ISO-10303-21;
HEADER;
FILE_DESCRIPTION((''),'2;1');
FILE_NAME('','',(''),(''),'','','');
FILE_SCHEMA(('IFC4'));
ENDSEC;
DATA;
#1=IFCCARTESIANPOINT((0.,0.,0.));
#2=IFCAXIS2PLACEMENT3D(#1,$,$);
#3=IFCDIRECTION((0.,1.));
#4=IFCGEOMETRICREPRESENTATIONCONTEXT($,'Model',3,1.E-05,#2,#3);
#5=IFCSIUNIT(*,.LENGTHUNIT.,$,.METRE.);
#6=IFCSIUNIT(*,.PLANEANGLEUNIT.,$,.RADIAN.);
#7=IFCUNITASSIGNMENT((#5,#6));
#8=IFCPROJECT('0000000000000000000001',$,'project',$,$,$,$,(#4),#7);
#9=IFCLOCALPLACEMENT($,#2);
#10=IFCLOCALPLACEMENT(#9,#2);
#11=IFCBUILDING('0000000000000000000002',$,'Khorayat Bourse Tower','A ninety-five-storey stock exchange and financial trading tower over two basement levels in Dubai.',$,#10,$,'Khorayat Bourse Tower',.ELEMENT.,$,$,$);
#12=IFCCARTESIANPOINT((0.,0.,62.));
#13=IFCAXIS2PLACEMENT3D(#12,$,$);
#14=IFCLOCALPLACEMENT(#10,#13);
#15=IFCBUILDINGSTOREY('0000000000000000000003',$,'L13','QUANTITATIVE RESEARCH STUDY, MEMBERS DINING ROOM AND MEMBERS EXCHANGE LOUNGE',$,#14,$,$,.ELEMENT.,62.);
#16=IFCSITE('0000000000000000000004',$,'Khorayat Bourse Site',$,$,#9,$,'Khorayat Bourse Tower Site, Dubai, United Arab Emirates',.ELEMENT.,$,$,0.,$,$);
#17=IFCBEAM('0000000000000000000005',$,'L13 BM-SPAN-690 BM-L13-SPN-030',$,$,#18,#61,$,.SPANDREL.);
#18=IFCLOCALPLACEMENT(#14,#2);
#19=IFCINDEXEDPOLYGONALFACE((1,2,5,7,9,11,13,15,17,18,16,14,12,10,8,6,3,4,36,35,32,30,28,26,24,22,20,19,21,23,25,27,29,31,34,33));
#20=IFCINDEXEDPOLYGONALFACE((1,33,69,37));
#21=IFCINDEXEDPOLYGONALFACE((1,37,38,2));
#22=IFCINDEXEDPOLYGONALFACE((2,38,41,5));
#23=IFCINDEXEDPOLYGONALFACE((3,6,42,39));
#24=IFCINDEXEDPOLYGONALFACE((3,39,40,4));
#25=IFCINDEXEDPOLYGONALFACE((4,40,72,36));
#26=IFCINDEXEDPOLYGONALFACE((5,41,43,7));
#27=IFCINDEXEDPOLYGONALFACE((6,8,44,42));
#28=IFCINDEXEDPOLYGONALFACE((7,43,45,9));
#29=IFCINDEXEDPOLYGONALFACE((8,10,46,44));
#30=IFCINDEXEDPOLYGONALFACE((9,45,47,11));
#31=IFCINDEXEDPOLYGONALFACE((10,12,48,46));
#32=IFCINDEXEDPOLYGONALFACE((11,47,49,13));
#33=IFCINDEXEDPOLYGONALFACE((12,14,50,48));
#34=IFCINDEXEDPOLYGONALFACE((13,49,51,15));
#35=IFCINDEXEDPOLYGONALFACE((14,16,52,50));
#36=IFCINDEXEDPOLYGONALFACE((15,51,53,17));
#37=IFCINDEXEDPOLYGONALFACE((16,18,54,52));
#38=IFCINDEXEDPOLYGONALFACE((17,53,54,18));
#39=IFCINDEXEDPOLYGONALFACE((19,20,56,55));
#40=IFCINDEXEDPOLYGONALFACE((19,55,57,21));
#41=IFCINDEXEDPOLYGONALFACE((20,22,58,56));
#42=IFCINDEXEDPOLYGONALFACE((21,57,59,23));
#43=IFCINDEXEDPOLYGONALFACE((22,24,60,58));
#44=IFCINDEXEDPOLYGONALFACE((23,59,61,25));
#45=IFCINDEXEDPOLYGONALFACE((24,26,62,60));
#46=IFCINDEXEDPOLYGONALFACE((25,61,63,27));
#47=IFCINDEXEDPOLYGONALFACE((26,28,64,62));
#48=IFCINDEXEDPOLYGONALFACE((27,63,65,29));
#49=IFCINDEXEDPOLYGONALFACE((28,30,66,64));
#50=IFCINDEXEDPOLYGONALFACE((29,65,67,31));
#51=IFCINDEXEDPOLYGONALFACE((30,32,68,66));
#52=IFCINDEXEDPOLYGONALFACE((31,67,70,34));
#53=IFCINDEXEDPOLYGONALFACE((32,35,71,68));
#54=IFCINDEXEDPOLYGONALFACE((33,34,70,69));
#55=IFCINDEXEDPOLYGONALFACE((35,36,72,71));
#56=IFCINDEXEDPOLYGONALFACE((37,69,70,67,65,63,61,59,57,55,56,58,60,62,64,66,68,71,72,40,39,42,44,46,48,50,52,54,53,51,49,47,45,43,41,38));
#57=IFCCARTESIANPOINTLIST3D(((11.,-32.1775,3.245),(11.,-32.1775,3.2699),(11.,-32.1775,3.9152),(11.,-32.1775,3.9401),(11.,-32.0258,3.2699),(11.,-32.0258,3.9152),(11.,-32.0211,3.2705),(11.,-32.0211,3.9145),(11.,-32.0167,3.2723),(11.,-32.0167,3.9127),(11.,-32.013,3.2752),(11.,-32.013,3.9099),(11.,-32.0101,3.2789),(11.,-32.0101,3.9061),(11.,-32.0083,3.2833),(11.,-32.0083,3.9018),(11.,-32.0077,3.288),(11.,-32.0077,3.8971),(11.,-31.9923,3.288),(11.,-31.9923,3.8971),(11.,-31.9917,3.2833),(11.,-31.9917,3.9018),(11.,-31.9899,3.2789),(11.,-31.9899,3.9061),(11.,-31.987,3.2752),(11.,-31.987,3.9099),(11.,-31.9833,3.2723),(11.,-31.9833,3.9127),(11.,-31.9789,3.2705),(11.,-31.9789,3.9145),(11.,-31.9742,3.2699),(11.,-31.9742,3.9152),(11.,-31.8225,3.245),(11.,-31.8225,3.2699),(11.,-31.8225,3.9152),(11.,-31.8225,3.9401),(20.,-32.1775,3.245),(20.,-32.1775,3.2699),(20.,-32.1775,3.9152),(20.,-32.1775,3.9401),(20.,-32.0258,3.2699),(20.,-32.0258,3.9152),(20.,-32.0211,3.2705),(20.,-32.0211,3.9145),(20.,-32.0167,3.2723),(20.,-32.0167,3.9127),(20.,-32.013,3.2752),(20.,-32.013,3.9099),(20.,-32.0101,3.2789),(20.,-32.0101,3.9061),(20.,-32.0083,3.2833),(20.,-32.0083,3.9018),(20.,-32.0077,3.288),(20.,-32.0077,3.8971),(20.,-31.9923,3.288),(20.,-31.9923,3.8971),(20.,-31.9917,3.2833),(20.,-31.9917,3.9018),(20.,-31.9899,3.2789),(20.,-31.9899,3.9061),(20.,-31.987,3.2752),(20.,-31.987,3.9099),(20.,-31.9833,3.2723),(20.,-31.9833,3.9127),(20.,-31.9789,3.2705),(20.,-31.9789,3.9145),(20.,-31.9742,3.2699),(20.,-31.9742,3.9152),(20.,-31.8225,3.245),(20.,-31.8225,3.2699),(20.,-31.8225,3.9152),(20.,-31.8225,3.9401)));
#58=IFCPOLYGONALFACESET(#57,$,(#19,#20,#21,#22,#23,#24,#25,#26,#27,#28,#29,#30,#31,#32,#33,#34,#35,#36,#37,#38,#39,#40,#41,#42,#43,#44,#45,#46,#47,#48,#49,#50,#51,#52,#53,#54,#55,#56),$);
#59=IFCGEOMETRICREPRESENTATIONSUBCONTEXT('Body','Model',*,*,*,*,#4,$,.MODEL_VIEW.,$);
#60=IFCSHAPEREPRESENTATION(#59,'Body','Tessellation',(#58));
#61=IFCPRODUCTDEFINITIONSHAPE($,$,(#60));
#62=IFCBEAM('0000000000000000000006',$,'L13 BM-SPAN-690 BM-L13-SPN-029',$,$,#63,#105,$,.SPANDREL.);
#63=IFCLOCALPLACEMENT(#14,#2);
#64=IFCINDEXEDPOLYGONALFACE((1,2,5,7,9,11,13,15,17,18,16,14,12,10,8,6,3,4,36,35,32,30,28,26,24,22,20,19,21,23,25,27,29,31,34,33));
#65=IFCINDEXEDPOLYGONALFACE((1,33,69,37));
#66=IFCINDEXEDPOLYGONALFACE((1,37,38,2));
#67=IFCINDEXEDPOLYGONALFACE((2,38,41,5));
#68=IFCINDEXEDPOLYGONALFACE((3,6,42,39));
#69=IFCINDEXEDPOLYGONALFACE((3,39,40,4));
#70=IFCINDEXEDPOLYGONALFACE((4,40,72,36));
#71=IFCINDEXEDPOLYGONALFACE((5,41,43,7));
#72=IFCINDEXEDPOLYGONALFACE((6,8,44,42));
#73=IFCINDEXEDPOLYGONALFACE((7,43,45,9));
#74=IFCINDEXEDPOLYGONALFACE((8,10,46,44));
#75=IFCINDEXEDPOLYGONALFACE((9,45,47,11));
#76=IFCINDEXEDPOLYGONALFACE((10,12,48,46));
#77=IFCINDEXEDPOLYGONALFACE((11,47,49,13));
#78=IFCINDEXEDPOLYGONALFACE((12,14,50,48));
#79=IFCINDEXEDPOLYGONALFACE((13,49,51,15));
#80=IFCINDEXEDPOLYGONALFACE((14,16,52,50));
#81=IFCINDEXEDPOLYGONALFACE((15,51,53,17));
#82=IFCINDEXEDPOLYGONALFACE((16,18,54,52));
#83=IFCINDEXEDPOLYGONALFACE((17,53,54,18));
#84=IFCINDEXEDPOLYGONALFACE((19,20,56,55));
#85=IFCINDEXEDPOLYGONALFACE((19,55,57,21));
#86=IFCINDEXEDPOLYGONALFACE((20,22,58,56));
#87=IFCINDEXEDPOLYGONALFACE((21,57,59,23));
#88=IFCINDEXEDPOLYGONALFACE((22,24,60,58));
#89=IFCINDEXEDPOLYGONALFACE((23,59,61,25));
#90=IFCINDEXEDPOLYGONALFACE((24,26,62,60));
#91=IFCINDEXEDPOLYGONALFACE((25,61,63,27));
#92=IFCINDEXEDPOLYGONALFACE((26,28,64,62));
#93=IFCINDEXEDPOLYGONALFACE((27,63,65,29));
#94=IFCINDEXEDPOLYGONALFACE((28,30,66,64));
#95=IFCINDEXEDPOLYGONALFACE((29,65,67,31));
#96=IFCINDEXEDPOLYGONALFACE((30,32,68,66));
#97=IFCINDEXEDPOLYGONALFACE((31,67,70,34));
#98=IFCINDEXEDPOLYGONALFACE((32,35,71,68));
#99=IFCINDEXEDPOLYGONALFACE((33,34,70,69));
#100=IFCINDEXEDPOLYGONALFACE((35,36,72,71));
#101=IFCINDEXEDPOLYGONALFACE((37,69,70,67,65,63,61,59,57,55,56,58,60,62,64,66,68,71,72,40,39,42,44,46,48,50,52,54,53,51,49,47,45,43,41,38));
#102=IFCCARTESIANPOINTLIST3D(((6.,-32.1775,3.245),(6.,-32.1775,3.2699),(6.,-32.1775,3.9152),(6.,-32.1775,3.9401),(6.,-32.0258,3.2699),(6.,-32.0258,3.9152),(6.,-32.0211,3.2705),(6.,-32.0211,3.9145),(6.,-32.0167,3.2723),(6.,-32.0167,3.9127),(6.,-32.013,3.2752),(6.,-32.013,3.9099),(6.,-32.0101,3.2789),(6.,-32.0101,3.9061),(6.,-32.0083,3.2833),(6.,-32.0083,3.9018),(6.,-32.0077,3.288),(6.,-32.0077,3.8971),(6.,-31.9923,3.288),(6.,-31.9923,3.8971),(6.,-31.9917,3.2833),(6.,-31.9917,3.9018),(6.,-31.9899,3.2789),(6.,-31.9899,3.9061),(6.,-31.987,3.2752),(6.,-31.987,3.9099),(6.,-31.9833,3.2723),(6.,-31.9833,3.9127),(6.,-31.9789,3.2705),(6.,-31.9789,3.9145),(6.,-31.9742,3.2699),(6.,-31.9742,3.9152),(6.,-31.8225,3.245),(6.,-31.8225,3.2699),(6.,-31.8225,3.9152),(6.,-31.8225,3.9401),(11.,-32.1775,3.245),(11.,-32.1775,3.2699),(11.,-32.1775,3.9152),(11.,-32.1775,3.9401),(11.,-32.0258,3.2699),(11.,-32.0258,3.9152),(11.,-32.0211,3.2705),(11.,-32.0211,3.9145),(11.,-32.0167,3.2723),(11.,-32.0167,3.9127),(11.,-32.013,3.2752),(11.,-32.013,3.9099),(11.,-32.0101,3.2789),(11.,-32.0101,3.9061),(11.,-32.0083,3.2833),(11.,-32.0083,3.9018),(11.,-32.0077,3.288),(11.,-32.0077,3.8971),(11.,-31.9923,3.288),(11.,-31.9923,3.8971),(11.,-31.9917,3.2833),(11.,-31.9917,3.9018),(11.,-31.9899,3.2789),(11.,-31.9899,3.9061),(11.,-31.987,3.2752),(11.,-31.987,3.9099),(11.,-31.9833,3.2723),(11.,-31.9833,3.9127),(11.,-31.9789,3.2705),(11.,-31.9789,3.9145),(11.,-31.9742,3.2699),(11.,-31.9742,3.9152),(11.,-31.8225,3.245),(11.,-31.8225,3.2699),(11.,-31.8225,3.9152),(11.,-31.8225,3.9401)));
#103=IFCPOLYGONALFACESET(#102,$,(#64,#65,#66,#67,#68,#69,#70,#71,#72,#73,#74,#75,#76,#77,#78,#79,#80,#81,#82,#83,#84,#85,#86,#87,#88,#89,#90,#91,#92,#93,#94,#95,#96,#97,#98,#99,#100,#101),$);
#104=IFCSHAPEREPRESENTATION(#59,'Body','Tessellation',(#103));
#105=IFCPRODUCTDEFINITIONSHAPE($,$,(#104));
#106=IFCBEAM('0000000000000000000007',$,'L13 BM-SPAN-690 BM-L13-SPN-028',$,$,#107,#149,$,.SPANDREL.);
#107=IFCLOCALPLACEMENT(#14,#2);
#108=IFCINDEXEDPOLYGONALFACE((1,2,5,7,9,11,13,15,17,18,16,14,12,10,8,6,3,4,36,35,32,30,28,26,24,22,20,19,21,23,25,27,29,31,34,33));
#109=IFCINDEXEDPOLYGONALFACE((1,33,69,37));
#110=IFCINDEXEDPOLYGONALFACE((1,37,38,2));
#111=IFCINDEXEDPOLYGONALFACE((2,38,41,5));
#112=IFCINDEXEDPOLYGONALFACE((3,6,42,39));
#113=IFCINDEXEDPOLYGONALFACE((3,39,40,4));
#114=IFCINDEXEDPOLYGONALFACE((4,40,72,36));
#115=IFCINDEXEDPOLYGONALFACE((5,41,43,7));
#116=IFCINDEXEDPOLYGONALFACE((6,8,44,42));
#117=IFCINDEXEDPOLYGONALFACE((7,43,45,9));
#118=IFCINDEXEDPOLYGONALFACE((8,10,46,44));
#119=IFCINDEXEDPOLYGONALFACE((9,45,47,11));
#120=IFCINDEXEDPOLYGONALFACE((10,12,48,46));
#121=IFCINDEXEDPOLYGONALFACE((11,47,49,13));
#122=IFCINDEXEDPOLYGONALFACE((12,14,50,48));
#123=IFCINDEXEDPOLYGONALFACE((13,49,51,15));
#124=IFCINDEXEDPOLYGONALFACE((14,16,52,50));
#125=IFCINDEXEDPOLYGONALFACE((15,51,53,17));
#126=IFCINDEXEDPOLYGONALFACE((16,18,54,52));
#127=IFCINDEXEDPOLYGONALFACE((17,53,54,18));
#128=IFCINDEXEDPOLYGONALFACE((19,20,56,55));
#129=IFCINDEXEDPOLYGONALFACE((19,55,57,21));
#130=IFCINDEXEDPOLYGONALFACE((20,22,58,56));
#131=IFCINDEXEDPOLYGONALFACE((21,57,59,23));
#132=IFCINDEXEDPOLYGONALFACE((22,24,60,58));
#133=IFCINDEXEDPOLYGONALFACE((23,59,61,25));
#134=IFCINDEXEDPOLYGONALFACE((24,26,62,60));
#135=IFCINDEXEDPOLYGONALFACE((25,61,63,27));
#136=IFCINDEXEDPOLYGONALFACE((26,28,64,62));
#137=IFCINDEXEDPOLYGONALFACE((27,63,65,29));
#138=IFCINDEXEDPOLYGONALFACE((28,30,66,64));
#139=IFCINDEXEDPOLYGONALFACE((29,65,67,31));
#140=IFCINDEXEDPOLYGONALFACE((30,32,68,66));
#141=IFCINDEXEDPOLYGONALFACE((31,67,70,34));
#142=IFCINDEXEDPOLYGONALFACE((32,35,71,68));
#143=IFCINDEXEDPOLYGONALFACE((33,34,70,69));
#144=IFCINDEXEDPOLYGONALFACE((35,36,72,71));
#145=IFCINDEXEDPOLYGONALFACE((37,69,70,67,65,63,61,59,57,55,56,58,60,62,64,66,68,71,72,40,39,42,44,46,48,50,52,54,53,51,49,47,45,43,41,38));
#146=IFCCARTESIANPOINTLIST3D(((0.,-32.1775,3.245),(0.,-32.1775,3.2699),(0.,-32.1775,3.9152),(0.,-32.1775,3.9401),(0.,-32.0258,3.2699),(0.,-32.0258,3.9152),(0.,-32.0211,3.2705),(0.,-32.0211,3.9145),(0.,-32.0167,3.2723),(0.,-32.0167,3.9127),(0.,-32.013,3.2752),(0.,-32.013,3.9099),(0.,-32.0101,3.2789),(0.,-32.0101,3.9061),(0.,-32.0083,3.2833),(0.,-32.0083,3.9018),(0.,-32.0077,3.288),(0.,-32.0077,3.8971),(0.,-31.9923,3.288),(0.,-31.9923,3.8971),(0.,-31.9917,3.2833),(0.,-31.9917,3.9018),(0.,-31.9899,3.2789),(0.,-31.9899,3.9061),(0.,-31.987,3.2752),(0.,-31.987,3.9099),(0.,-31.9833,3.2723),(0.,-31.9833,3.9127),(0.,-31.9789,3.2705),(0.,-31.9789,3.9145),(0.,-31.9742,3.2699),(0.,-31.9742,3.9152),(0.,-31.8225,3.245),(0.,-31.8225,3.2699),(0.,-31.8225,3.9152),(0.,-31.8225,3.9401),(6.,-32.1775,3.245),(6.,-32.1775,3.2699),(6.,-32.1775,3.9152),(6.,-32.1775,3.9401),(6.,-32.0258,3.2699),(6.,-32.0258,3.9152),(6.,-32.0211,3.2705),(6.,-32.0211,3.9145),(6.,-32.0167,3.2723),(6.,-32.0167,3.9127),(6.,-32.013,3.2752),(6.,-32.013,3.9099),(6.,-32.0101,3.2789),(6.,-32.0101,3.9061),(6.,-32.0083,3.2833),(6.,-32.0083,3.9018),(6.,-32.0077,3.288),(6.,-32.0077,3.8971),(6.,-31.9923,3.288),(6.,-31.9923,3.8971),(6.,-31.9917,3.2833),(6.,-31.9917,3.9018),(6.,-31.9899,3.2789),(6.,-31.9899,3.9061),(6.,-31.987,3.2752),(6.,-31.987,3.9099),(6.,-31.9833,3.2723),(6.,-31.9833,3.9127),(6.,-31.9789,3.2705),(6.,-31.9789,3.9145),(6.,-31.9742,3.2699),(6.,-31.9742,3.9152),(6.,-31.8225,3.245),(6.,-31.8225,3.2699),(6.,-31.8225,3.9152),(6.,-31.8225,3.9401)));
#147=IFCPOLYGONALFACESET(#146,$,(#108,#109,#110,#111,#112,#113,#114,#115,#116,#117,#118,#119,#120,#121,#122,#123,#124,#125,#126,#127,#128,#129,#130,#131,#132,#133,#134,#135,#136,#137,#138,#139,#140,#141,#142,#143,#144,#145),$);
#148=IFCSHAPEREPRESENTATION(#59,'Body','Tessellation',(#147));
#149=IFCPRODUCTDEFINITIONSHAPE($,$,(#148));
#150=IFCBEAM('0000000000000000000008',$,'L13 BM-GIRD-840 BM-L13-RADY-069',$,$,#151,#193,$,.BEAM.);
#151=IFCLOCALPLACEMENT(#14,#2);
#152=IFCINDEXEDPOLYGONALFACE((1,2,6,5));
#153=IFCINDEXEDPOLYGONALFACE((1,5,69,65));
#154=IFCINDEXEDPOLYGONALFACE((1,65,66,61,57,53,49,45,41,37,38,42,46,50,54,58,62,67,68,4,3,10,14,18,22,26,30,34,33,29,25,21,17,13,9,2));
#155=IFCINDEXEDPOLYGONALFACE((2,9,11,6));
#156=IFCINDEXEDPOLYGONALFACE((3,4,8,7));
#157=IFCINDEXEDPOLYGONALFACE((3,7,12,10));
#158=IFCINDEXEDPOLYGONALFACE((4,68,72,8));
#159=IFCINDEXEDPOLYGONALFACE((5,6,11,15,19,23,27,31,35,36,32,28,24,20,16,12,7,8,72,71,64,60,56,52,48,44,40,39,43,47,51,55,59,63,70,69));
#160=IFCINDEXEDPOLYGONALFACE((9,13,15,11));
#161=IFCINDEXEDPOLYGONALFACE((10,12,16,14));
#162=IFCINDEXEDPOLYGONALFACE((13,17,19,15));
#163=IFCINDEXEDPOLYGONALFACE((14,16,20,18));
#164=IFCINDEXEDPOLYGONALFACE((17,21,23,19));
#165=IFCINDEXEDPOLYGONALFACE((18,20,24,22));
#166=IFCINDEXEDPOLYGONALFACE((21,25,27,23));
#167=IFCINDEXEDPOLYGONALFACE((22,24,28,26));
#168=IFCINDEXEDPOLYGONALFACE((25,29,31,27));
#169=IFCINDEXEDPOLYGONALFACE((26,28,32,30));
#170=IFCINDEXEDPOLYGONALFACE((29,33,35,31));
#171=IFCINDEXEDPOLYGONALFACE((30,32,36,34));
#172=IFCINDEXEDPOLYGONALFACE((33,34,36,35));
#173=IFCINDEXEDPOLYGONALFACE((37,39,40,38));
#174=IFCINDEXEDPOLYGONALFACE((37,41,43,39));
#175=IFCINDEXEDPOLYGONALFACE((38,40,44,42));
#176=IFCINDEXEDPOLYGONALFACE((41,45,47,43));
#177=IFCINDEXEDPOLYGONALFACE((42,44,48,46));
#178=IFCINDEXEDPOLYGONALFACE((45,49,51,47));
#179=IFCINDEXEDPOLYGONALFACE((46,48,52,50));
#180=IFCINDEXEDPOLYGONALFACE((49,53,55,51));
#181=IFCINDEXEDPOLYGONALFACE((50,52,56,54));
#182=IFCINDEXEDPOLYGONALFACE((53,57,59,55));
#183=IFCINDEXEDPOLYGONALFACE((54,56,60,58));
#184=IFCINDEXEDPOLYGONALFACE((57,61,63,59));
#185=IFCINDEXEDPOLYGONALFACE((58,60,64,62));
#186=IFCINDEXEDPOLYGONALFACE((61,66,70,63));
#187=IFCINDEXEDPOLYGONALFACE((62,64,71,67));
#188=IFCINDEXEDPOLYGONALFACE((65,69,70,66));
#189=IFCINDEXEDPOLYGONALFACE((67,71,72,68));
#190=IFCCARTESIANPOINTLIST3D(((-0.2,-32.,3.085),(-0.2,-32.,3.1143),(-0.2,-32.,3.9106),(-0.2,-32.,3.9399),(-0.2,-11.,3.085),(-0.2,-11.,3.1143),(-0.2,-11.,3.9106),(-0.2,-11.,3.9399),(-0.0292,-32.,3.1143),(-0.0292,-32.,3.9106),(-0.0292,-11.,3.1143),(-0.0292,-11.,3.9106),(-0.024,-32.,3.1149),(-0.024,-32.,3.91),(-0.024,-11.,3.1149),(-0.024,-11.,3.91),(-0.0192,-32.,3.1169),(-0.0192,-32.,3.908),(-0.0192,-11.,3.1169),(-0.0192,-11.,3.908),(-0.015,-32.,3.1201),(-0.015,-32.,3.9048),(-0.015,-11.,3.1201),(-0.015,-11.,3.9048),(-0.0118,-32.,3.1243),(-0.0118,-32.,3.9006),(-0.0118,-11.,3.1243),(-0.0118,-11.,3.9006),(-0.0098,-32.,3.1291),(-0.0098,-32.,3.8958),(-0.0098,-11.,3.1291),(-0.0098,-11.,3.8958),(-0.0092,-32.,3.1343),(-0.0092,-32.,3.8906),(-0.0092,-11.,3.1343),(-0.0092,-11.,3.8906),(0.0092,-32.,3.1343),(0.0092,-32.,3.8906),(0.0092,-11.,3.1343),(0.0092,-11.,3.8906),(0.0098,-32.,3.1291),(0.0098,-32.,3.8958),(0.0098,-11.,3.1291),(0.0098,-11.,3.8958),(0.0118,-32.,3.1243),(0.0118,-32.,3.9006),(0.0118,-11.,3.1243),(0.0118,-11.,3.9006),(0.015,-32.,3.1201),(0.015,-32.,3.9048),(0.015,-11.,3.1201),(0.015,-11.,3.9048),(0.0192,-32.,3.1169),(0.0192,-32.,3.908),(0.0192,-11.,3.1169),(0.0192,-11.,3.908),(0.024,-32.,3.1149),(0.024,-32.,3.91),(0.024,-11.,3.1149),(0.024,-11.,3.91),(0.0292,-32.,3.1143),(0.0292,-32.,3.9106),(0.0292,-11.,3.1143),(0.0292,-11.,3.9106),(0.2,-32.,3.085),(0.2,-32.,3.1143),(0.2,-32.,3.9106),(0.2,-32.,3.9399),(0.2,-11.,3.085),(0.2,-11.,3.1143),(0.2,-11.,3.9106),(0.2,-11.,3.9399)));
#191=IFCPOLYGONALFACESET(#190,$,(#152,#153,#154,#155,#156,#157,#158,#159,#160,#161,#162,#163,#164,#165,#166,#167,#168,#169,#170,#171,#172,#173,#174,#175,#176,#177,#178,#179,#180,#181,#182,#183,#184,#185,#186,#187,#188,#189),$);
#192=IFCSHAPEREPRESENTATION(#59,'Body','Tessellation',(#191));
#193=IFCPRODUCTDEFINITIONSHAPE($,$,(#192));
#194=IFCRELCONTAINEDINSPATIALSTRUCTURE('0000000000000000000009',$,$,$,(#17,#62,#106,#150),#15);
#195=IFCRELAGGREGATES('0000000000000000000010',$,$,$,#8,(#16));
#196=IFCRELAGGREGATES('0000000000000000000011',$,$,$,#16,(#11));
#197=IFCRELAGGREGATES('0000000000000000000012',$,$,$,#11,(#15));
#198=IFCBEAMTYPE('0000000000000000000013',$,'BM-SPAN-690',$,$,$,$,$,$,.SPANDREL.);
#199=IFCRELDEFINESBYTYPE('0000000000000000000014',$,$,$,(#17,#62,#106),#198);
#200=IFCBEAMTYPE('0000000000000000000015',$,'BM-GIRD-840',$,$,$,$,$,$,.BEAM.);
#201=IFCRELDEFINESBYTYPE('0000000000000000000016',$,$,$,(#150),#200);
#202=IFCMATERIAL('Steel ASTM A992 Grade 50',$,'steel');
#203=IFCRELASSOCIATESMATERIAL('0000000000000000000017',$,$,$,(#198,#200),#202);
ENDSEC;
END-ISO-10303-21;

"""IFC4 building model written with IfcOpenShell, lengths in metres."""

from ifc_helpers import new_model, si_unit, direction, frame, origin, origin_2d, place, context, subcontext, project, spatial, i_section, extrude, source, transform, mapped, material, material_profile, profile_set, type_object, element, save


model = new_model("IFC4")

# Units and contexts
model_context = context("Model", 3, precision=1e-05, world=origin(), true_north=direction((0.0, 1.0)))
body_context = subcontext(model_context, "Body", "Model", "MODEL_VIEW")
ifc_project = project(units=[si_unit("LENGTHUNIT", "METRE"), si_unit("PLANEANGLEUNIT", "RADIAN")], contexts=[model_context])

# Site, building, storey
site_placement = place(None, origin())
site = spatial("IfcSite", under=ifc_project, at=site_placement, Name="Khorayat Bourse Site", LongName="Khorayat Bourse Tower Site, Dubai, United Arab Emirates", CompositionType="ELEMENT", RefElevation=0.0)
building_placement = place(site_placement, origin())
building = spatial("IfcBuilding", under=site, at=building_placement, Name="Khorayat Bourse Tower", Description="A ninety-five-storey stock exchange and financial trading tower over two basement levels in Dubai.", LongName="Khorayat Bourse Tower", CompositionType="ELEMENT")
storey_placement = place(building_placement, frame((0.0, 0.0, 62.0)))
storey = spatial("IfcBuildingStorey", under=building, at=storey_placement, Name="L13", Description="QUANTITATIVE RESEARCH STUDY, MEMBERS DINING ROOM AND MEMBERS EXCHANGE LOUNGE", CompositionType="ELEMENT", Elevation=62.0)

# Beams
ifc_material_1 = material(Name="Steel ASTM A992 Grade 50", Category="steel")
ifc_material_profile_1 = material_profile(ifc_material_1, i_section(OverallWidth=0.355, OverallDepth=0.6951, WebThickness=0.0154, FlangeThickness=0.0249, FilletRadius=0.0181, at=origin_2d()), Name="W690X217")
ifc_profile_set_1 = profile_set([ifc_material_profile_1], Name="Steel ASTM A992 Grade 50")
beam_type_1 = type_object("IfcBeamType", Name="BM-SPAN-690", PredefinedType="SPANDREL", material=ifc_profile_set_1)
shared_shape_1 = source(origin(), body_context, "Body", "SweptSolid", [
    extrude(i_section(OverallWidth=0.355, OverallDepth=0.6951, WebThickness=0.0154, FlangeThickness=0.0249, FilletRadius=0.0181, at=origin_2d()), origin(), (0.0, 0.0, 1.0), 9.0),
])
beam_1_placement = place(storey_placement, frame((11.0, -32.0, 3.5925), z_axis=(1.0, 0.0, 0.0), x_axis=(0.0, 1.0, 0.0)))
element("IfcBeam", 1, at=beam_1_placement, inside=storey, type_object=beam_type_1, Name="L13 BM-SPAN-690 BM-L13-SPN-030", PredefinedType="SPANDREL", context=body_context, shape_type="MappedRepresentation", body=[
    mapped(shared_shape_1, transform((0.0, 0.0, 0.0), scale=1.0)),
])
shared_shape_2 = source(origin(), body_context, "Body", "SweptSolid", [
    extrude(i_section(OverallWidth=0.355, OverallDepth=0.6951, WebThickness=0.0154, FlangeThickness=0.0249, FilletRadius=0.0181, at=origin_2d()), origin(), (0.0, 0.0, 1.0), 5.0),
])
beam_2_placement = place(storey_placement, frame((6.0, -32.0, 3.5925), z_axis=(1.0, 0.0, 0.0), x_axis=(0.0, 1.0, 0.0)))
element("IfcBeam", 2, at=beam_2_placement, inside=storey, type_object=beam_type_1, Name="L13 BM-SPAN-690 BM-L13-SPN-029", PredefinedType="SPANDREL", context=body_context, shape_type="MappedRepresentation", body=[
    mapped(shared_shape_2, transform((0.0, 0.0, 0.0), scale=1.0)),
])
shared_shape_3 = source(origin(), body_context, "Body", "SweptSolid", [
    extrude(i_section(OverallWidth=0.355, OverallDepth=0.6951, WebThickness=0.0154, FlangeThickness=0.0249, FilletRadius=0.0181, at=origin_2d()), origin(), (0.0, 0.0, 1.0), 6.0),
])
beam_3_placement = place(storey_placement, frame((0.0, -32.0, 3.5925), z_axis=(1.0, 0.0, 0.0), x_axis=(0.0, 1.0, 0.0)))
element("IfcBeam", 3, at=beam_3_placement, inside=storey, type_object=beam_type_1, Name="L13 BM-SPAN-690 BM-L13-SPN-028", PredefinedType="SPANDREL", context=body_context, shape_type="MappedRepresentation", body=[
    mapped(shared_shape_3, transform((0.0, 0.0, 0.0), scale=1.0)),
])
ifc_material_profile_2 = material_profile(ifc_material_1, i_section(OverallWidth=0.3999, OverallDepth=0.855, WebThickness=0.0183, FlangeThickness=0.0293, FilletRadius=0.02, at=origin_2d()), Name="W840X299")
ifc_profile_set_2 = profile_set([ifc_material_profile_2], Name="Steel ASTM A992 Grade 50")
beam_type_2 = type_object("IfcBeamType", Name="BM-GIRD-840", PredefinedType="BEAM", material=ifc_profile_set_2)
shared_shape_4 = source(origin(), body_context, "Body", "SweptSolid", [
    extrude(i_section(OverallWidth=0.3999, OverallDepth=0.855, WebThickness=0.0183, FlangeThickness=0.0293, FilletRadius=0.02, at=origin_2d()), origin(), (0.0, 0.0, 1.0), 21.0),
])
for number, where, z_axis, x_axis, name in (
    (4, (0.0, -32.0, 3.5125), (0.0, 1.0, 0.0), (-1.0, 0.0, 0.0), "L13 BM-GIRD-840 BM-L13-RADY-069"),
):
    element("IfcBeam", number, at=place(storey_placement, frame(where, z_axis=z_axis, x_axis=x_axis)), inside=storey, type_object=beam_type_2, Name=name, PredefinedType="BEAM", context=body_context, shape_type="MappedRepresentation", body=[
        mapped(shared_shape_4, transform((0.0, 0.0, 0.0), scale=1.0)),
    ])

save(model, "model.ifc")
